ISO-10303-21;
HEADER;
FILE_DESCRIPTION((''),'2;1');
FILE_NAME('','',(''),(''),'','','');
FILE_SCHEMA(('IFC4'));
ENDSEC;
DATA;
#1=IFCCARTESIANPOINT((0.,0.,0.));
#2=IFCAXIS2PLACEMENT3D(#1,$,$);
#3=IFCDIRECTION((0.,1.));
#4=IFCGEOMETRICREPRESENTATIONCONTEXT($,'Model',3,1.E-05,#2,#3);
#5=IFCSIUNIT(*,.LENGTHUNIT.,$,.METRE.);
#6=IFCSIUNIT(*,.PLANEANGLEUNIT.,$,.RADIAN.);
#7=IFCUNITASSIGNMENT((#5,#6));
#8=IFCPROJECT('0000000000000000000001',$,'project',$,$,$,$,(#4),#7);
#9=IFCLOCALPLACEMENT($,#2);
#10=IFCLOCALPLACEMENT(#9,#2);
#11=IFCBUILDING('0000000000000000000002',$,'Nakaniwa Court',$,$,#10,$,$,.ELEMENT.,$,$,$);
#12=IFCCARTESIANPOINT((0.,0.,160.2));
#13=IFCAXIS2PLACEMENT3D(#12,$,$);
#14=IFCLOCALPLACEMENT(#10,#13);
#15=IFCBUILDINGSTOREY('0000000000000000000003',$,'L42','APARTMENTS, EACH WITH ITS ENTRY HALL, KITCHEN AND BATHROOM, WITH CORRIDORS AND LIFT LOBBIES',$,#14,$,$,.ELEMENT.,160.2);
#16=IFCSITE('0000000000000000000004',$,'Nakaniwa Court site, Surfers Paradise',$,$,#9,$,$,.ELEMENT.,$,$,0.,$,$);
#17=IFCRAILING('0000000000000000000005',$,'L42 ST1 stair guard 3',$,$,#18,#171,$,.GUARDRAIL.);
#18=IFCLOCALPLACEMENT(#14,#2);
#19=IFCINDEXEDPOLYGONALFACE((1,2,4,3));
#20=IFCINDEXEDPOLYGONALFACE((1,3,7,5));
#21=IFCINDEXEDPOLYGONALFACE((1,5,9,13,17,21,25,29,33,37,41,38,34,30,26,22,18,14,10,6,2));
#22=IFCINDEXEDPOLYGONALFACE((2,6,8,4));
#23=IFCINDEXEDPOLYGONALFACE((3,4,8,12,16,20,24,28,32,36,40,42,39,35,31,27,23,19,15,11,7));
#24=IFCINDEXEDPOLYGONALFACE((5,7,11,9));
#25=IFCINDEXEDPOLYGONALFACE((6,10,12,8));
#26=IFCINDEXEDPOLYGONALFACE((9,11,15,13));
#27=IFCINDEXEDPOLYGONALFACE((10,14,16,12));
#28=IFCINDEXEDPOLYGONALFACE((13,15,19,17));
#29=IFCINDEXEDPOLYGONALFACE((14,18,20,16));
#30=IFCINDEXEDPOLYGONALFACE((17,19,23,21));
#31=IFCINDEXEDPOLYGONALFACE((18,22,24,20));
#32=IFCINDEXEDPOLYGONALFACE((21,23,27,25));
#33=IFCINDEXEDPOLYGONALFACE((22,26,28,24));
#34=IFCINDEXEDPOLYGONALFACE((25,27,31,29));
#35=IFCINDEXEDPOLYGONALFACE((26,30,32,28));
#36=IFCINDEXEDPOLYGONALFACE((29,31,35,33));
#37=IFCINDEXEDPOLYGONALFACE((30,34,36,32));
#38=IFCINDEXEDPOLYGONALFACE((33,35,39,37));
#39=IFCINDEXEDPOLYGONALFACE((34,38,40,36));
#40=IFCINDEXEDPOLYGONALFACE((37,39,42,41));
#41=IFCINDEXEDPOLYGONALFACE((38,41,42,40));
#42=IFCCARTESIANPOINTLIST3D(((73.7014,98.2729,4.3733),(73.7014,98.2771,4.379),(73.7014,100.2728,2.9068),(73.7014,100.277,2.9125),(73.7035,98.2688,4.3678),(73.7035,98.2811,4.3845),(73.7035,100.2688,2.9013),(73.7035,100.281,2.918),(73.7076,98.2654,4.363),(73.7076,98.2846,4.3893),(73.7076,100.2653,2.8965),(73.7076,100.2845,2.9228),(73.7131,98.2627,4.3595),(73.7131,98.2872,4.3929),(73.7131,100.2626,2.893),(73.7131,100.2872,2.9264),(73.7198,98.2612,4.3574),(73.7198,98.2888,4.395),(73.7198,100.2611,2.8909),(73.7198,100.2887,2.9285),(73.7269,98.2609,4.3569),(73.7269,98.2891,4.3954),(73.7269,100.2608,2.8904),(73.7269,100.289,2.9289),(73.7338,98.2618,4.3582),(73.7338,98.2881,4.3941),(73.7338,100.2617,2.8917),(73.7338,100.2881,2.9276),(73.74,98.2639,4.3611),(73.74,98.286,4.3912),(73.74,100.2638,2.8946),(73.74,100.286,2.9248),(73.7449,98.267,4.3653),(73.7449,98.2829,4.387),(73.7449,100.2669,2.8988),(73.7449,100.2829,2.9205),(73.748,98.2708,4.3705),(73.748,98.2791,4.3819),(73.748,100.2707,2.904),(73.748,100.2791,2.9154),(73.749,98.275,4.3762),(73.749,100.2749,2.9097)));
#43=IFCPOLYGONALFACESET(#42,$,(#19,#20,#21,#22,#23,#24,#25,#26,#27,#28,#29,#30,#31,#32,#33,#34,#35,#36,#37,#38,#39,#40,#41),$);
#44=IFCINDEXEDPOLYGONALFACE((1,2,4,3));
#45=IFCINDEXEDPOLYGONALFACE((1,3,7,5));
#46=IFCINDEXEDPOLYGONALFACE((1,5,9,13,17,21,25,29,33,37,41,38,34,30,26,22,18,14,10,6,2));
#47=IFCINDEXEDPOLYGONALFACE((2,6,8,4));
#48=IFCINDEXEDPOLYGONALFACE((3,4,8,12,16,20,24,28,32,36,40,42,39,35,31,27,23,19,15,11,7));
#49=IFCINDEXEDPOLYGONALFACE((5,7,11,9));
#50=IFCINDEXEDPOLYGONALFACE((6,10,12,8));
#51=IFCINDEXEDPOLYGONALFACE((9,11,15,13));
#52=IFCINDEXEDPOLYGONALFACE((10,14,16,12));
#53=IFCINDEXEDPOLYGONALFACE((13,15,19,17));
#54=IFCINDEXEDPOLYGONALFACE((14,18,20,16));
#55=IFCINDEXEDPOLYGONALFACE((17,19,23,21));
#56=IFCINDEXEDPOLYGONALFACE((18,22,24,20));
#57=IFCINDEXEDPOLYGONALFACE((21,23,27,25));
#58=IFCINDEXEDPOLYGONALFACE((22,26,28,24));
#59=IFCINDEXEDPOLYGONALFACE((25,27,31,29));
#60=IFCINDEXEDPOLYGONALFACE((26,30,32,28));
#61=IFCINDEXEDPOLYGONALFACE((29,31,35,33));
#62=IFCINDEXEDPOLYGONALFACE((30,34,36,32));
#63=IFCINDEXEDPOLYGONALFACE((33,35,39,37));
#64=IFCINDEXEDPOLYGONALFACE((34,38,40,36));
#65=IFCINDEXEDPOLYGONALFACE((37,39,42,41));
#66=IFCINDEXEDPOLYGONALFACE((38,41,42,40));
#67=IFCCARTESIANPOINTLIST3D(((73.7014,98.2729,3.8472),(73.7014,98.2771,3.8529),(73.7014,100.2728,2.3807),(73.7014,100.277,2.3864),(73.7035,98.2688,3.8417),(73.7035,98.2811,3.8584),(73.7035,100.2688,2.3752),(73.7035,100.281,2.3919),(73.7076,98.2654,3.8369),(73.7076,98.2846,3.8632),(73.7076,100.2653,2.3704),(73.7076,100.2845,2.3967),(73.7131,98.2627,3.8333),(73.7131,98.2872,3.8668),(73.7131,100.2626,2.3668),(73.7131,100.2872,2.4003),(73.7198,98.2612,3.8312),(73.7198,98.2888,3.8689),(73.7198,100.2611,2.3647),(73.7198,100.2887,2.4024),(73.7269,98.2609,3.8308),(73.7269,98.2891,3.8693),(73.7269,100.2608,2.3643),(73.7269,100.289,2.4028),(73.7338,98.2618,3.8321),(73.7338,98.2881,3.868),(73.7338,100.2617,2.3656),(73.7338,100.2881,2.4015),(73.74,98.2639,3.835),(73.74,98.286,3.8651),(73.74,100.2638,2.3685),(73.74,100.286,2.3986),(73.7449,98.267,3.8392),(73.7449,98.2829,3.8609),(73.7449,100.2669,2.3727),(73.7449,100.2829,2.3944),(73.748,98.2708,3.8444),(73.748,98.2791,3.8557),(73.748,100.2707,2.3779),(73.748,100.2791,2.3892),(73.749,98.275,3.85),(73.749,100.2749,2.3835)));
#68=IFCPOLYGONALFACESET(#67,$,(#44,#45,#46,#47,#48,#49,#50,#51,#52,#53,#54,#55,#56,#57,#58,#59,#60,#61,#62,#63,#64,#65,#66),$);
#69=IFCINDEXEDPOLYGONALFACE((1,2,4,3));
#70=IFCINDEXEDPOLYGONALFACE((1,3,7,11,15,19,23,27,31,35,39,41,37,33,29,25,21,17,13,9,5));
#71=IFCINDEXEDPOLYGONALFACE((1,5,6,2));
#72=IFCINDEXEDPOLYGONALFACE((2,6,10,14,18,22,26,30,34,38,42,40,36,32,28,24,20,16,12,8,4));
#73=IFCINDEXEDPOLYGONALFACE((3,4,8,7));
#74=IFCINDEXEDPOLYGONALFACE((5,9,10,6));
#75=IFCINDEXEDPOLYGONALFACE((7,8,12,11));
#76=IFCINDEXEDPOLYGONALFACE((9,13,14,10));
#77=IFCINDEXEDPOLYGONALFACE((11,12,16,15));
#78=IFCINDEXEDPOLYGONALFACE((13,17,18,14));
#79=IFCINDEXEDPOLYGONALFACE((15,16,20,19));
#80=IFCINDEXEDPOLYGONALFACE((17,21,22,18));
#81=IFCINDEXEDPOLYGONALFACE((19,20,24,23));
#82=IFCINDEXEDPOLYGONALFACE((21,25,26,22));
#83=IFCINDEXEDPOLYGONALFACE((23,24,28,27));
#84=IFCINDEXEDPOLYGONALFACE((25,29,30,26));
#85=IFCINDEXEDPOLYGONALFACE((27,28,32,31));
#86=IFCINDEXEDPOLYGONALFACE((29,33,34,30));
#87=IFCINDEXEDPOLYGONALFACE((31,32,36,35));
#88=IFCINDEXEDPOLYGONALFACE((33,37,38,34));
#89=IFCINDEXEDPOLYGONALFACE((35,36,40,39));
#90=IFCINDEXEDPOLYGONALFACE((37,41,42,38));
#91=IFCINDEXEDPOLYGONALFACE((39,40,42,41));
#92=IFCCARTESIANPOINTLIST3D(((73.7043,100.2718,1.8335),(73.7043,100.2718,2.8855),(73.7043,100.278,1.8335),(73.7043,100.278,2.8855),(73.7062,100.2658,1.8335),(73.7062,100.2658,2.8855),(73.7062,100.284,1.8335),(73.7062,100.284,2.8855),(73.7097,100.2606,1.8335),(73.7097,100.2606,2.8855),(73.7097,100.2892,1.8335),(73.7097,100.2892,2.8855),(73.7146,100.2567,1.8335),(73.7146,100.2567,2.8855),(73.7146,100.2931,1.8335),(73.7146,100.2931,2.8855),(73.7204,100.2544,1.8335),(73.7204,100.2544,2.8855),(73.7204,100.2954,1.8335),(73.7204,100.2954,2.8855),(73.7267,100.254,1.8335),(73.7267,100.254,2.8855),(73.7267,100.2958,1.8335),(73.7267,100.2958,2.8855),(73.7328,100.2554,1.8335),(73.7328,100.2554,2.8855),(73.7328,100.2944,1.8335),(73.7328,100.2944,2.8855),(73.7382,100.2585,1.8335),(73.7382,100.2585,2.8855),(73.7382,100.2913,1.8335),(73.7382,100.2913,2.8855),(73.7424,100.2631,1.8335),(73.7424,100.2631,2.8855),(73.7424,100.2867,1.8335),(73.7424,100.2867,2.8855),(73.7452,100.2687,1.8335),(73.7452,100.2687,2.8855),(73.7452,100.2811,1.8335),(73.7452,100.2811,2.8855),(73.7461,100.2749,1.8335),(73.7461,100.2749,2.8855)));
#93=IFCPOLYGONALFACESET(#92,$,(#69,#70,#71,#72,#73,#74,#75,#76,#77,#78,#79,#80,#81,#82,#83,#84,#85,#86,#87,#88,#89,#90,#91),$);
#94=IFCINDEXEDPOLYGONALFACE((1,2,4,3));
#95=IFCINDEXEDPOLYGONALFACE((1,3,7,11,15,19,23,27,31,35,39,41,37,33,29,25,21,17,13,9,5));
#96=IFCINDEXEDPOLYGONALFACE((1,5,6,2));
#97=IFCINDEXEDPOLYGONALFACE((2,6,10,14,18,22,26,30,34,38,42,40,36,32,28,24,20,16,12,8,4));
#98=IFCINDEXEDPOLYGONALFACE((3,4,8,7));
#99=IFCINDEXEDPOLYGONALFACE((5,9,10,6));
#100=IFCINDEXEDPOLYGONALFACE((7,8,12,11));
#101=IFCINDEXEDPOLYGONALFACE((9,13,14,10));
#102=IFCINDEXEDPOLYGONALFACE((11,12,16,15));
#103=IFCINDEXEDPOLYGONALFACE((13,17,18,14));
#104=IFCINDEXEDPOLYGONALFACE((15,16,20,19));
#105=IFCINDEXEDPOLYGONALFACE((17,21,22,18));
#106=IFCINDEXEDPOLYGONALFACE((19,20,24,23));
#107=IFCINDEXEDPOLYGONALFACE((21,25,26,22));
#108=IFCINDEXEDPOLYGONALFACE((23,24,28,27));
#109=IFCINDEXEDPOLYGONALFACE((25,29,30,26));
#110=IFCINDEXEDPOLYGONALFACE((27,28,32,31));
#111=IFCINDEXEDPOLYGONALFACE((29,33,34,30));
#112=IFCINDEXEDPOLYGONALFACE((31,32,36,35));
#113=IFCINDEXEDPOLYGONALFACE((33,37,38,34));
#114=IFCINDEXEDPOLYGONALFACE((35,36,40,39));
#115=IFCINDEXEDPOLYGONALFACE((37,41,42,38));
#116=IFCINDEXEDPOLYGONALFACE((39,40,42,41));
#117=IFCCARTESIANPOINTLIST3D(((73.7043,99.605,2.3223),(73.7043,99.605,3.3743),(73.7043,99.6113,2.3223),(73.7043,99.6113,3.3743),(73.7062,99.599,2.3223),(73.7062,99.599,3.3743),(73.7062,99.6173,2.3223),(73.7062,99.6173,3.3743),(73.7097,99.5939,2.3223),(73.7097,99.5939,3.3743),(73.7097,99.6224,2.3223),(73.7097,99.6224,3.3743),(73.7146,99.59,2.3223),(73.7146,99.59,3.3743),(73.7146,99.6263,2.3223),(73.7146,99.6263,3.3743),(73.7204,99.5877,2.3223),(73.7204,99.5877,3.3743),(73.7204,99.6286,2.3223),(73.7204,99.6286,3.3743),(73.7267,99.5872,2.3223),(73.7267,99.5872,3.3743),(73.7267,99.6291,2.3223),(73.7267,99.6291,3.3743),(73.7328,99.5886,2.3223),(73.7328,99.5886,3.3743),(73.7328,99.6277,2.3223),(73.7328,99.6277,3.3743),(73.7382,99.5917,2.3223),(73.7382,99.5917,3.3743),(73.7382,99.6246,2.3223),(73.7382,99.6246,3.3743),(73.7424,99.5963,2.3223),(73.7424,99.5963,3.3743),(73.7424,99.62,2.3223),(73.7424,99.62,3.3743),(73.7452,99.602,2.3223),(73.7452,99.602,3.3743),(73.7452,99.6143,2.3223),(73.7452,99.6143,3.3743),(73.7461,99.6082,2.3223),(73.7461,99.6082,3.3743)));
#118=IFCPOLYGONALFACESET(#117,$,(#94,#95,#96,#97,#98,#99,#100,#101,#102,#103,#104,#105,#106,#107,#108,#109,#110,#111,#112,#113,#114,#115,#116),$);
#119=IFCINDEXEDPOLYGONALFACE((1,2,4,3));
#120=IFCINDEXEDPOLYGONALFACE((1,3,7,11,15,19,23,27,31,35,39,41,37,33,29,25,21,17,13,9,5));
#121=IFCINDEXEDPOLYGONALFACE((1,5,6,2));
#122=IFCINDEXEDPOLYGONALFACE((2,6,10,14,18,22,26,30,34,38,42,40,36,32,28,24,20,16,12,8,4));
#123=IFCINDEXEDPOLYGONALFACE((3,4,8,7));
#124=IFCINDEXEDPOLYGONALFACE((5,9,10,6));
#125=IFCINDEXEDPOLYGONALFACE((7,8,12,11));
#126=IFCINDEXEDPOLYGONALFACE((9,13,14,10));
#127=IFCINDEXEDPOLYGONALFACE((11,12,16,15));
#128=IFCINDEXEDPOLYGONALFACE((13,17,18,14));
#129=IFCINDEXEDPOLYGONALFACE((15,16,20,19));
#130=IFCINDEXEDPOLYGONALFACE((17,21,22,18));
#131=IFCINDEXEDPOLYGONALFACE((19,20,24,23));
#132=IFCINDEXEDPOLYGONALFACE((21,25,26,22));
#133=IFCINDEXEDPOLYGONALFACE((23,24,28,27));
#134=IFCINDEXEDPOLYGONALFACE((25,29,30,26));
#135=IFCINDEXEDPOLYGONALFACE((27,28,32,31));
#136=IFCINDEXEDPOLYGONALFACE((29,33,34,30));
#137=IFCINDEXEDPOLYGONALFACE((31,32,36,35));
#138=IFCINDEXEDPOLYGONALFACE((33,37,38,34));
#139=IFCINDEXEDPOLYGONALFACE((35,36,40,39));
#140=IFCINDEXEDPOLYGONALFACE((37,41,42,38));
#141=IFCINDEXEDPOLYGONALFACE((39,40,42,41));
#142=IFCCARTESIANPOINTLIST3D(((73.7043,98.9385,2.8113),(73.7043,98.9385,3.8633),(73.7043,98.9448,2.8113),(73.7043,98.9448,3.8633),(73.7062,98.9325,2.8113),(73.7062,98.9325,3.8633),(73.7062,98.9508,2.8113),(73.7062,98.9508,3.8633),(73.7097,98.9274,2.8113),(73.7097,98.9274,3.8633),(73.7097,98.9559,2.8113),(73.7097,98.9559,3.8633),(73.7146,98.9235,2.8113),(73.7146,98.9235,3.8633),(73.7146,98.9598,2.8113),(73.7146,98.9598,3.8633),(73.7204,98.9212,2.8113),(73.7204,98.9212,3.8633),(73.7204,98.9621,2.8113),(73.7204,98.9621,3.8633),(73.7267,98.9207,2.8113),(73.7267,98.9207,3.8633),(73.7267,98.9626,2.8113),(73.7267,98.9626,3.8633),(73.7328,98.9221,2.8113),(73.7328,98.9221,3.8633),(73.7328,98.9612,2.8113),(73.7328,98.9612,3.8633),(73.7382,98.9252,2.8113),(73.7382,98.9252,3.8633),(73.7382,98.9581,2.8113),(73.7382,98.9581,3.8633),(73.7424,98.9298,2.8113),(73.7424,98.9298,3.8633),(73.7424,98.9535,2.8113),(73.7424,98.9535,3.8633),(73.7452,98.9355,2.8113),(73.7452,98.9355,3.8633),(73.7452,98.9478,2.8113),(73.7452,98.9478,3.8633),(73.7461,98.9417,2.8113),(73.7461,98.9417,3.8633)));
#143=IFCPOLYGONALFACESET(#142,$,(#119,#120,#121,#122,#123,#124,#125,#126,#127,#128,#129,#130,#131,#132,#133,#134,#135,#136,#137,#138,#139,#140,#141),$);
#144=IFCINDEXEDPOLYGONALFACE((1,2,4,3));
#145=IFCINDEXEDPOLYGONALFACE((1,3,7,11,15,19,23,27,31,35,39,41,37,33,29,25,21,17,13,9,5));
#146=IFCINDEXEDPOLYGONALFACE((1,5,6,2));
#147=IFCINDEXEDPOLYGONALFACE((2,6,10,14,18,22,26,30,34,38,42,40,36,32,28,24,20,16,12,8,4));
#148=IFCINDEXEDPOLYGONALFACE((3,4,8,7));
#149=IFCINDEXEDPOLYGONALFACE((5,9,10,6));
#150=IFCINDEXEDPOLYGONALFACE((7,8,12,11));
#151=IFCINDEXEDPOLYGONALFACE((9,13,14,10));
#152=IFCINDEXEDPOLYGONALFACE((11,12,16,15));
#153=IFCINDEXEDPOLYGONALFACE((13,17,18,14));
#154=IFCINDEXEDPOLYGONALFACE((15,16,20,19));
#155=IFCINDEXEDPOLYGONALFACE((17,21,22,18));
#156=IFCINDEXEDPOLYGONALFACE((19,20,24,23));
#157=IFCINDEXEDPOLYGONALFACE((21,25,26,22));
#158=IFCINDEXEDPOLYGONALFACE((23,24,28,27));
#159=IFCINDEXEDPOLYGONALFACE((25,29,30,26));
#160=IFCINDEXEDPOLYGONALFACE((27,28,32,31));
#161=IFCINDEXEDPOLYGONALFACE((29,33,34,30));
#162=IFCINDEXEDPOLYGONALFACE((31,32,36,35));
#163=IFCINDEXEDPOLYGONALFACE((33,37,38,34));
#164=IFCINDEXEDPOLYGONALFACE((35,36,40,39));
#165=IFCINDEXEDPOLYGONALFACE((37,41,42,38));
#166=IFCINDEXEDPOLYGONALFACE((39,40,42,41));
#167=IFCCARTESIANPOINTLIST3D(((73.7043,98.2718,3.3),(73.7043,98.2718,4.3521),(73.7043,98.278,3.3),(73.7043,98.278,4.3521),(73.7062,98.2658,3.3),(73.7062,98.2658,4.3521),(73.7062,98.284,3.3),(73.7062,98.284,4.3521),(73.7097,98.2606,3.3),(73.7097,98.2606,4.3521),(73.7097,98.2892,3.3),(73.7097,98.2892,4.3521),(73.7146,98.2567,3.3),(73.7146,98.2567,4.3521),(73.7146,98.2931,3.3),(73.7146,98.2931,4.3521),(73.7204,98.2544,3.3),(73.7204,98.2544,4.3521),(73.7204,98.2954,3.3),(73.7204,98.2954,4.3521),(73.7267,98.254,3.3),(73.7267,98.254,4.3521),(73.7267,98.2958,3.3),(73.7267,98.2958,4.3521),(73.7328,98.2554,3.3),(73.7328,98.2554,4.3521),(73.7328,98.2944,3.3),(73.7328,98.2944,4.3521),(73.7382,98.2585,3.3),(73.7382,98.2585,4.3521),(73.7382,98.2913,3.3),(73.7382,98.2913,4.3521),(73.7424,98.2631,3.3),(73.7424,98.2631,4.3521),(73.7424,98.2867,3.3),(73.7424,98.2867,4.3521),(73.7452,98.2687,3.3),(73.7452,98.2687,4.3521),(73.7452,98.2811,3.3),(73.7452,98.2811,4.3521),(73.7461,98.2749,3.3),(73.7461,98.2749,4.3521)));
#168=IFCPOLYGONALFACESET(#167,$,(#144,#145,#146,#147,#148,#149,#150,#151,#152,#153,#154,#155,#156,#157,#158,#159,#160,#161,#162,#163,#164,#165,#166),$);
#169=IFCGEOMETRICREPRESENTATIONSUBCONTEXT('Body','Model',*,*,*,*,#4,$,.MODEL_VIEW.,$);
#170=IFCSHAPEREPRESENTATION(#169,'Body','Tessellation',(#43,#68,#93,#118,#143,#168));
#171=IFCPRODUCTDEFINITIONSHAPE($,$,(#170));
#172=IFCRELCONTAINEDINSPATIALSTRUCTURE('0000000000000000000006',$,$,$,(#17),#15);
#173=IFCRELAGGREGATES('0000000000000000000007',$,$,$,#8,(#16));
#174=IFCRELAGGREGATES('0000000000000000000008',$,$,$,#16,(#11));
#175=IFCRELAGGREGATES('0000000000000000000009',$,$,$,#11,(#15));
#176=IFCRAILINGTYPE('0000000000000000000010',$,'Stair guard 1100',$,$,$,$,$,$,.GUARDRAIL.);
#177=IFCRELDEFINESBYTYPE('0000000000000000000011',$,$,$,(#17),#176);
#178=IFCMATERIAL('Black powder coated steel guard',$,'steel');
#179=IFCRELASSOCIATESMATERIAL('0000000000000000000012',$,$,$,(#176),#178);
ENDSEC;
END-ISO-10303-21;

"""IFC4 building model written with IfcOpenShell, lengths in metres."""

from ifc_helpers import new_model, si_unit, direction, frame, origin, origin_2d, place, context, subcontext, project, spatial, circle, extrude, material, type_object, element, save


model = new_model("IFC4")

# Units and contexts
model_context = context("Model", 3, precision=1e-05, world=origin(), true_north=direction((0.0, 1.0)))
body_context = subcontext(model_context, "Body", "Model", "MODEL_VIEW")
ifc_project = project(units=[si_unit("LENGTHUNIT", "METRE"), si_unit("PLANEANGLEUNIT", "RADIAN")], contexts=[model_context])

# Site, building, storey
site_placement = place(None, origin())
site = spatial("IfcSite", under=ifc_project, at=site_placement, Name="Nakaniwa Court site, Surfers Paradise", CompositionType="ELEMENT", RefElevation=0.0)
building_placement = place(site_placement, origin())
building = spatial("IfcBuilding", under=site, at=building_placement, Name="Nakaniwa Court", CompositionType="ELEMENT")
storey_placement = place(building_placement, frame((0.0, 0.0, 160.2)))
storey = spatial("IfcBuildingStorey", under=building, at=storey_placement, Name="L42", Description="APARTMENTS, EACH WITH ITS ENTRY HALL, KITCHEN AND BATHROOM, WITH CORRIDORS AND LIFT LOBBIES", CompositionType="ELEMENT", Elevation=160.2)

# Railing
ifc_material_1 = material(Name="Black powder coated steel guard", Category="steel")
railing_type_1 = type_object("IfcRailingType", Name="Stair guard 1100", PredefinedType="GUARDRAIL", material=ifc_material_1)
railing_1_placement = place(storey_placement, frame((73.7251, 100.2749, 1.8335)))
element("IfcRailing", 1, at=railing_1_placement, inside=storey, type_object=railing_type_1, Name="L42 ST1 stair guard 3", PredefinedType="GUARDRAIL", context=body_context, shape_type="SweptSolid", body=[
    extrude(circle(Radius=0.0239, at=origin_2d()), frame((0.0, 0.0, 1.0762), z_axis=(0.0, -0.806427, 0.591334), x_axis=(1.0, 0.0, 0.0)), (0.0, 0.0, 1.0), 2.48),
    extrude(circle(Radius=0.0239, at=origin_2d()), frame((0.0, 0.0, 0.55), z_axis=(0.0, -0.806427, 0.591334), x_axis=(1.0, 0.0, 0.0)), (0.0, 0.0, 1.0), 2.48),
    extrude(circle(Radius=0.021, at=origin_2d()), origin(), (0.0, 0.0, 1.0), 1.052),
    extrude(circle(Radius=0.021, at=origin_2d()), frame((0.0, -0.6667, 0.4888)), (0.0, 0.0, 1.0), 1.052),
    extrude(circle(Radius=0.021, at=origin_2d()), frame((0.0, -1.3333, 0.9778)), (0.0, 0.0, 1.0), 1.052),
    extrude(circle(Radius=0.021, at=origin_2d()), frame((0.0, -2.0, 1.4666)), (0.0, 0.0, 1.0), 1.052),
])

save(model, "model.ifc")
